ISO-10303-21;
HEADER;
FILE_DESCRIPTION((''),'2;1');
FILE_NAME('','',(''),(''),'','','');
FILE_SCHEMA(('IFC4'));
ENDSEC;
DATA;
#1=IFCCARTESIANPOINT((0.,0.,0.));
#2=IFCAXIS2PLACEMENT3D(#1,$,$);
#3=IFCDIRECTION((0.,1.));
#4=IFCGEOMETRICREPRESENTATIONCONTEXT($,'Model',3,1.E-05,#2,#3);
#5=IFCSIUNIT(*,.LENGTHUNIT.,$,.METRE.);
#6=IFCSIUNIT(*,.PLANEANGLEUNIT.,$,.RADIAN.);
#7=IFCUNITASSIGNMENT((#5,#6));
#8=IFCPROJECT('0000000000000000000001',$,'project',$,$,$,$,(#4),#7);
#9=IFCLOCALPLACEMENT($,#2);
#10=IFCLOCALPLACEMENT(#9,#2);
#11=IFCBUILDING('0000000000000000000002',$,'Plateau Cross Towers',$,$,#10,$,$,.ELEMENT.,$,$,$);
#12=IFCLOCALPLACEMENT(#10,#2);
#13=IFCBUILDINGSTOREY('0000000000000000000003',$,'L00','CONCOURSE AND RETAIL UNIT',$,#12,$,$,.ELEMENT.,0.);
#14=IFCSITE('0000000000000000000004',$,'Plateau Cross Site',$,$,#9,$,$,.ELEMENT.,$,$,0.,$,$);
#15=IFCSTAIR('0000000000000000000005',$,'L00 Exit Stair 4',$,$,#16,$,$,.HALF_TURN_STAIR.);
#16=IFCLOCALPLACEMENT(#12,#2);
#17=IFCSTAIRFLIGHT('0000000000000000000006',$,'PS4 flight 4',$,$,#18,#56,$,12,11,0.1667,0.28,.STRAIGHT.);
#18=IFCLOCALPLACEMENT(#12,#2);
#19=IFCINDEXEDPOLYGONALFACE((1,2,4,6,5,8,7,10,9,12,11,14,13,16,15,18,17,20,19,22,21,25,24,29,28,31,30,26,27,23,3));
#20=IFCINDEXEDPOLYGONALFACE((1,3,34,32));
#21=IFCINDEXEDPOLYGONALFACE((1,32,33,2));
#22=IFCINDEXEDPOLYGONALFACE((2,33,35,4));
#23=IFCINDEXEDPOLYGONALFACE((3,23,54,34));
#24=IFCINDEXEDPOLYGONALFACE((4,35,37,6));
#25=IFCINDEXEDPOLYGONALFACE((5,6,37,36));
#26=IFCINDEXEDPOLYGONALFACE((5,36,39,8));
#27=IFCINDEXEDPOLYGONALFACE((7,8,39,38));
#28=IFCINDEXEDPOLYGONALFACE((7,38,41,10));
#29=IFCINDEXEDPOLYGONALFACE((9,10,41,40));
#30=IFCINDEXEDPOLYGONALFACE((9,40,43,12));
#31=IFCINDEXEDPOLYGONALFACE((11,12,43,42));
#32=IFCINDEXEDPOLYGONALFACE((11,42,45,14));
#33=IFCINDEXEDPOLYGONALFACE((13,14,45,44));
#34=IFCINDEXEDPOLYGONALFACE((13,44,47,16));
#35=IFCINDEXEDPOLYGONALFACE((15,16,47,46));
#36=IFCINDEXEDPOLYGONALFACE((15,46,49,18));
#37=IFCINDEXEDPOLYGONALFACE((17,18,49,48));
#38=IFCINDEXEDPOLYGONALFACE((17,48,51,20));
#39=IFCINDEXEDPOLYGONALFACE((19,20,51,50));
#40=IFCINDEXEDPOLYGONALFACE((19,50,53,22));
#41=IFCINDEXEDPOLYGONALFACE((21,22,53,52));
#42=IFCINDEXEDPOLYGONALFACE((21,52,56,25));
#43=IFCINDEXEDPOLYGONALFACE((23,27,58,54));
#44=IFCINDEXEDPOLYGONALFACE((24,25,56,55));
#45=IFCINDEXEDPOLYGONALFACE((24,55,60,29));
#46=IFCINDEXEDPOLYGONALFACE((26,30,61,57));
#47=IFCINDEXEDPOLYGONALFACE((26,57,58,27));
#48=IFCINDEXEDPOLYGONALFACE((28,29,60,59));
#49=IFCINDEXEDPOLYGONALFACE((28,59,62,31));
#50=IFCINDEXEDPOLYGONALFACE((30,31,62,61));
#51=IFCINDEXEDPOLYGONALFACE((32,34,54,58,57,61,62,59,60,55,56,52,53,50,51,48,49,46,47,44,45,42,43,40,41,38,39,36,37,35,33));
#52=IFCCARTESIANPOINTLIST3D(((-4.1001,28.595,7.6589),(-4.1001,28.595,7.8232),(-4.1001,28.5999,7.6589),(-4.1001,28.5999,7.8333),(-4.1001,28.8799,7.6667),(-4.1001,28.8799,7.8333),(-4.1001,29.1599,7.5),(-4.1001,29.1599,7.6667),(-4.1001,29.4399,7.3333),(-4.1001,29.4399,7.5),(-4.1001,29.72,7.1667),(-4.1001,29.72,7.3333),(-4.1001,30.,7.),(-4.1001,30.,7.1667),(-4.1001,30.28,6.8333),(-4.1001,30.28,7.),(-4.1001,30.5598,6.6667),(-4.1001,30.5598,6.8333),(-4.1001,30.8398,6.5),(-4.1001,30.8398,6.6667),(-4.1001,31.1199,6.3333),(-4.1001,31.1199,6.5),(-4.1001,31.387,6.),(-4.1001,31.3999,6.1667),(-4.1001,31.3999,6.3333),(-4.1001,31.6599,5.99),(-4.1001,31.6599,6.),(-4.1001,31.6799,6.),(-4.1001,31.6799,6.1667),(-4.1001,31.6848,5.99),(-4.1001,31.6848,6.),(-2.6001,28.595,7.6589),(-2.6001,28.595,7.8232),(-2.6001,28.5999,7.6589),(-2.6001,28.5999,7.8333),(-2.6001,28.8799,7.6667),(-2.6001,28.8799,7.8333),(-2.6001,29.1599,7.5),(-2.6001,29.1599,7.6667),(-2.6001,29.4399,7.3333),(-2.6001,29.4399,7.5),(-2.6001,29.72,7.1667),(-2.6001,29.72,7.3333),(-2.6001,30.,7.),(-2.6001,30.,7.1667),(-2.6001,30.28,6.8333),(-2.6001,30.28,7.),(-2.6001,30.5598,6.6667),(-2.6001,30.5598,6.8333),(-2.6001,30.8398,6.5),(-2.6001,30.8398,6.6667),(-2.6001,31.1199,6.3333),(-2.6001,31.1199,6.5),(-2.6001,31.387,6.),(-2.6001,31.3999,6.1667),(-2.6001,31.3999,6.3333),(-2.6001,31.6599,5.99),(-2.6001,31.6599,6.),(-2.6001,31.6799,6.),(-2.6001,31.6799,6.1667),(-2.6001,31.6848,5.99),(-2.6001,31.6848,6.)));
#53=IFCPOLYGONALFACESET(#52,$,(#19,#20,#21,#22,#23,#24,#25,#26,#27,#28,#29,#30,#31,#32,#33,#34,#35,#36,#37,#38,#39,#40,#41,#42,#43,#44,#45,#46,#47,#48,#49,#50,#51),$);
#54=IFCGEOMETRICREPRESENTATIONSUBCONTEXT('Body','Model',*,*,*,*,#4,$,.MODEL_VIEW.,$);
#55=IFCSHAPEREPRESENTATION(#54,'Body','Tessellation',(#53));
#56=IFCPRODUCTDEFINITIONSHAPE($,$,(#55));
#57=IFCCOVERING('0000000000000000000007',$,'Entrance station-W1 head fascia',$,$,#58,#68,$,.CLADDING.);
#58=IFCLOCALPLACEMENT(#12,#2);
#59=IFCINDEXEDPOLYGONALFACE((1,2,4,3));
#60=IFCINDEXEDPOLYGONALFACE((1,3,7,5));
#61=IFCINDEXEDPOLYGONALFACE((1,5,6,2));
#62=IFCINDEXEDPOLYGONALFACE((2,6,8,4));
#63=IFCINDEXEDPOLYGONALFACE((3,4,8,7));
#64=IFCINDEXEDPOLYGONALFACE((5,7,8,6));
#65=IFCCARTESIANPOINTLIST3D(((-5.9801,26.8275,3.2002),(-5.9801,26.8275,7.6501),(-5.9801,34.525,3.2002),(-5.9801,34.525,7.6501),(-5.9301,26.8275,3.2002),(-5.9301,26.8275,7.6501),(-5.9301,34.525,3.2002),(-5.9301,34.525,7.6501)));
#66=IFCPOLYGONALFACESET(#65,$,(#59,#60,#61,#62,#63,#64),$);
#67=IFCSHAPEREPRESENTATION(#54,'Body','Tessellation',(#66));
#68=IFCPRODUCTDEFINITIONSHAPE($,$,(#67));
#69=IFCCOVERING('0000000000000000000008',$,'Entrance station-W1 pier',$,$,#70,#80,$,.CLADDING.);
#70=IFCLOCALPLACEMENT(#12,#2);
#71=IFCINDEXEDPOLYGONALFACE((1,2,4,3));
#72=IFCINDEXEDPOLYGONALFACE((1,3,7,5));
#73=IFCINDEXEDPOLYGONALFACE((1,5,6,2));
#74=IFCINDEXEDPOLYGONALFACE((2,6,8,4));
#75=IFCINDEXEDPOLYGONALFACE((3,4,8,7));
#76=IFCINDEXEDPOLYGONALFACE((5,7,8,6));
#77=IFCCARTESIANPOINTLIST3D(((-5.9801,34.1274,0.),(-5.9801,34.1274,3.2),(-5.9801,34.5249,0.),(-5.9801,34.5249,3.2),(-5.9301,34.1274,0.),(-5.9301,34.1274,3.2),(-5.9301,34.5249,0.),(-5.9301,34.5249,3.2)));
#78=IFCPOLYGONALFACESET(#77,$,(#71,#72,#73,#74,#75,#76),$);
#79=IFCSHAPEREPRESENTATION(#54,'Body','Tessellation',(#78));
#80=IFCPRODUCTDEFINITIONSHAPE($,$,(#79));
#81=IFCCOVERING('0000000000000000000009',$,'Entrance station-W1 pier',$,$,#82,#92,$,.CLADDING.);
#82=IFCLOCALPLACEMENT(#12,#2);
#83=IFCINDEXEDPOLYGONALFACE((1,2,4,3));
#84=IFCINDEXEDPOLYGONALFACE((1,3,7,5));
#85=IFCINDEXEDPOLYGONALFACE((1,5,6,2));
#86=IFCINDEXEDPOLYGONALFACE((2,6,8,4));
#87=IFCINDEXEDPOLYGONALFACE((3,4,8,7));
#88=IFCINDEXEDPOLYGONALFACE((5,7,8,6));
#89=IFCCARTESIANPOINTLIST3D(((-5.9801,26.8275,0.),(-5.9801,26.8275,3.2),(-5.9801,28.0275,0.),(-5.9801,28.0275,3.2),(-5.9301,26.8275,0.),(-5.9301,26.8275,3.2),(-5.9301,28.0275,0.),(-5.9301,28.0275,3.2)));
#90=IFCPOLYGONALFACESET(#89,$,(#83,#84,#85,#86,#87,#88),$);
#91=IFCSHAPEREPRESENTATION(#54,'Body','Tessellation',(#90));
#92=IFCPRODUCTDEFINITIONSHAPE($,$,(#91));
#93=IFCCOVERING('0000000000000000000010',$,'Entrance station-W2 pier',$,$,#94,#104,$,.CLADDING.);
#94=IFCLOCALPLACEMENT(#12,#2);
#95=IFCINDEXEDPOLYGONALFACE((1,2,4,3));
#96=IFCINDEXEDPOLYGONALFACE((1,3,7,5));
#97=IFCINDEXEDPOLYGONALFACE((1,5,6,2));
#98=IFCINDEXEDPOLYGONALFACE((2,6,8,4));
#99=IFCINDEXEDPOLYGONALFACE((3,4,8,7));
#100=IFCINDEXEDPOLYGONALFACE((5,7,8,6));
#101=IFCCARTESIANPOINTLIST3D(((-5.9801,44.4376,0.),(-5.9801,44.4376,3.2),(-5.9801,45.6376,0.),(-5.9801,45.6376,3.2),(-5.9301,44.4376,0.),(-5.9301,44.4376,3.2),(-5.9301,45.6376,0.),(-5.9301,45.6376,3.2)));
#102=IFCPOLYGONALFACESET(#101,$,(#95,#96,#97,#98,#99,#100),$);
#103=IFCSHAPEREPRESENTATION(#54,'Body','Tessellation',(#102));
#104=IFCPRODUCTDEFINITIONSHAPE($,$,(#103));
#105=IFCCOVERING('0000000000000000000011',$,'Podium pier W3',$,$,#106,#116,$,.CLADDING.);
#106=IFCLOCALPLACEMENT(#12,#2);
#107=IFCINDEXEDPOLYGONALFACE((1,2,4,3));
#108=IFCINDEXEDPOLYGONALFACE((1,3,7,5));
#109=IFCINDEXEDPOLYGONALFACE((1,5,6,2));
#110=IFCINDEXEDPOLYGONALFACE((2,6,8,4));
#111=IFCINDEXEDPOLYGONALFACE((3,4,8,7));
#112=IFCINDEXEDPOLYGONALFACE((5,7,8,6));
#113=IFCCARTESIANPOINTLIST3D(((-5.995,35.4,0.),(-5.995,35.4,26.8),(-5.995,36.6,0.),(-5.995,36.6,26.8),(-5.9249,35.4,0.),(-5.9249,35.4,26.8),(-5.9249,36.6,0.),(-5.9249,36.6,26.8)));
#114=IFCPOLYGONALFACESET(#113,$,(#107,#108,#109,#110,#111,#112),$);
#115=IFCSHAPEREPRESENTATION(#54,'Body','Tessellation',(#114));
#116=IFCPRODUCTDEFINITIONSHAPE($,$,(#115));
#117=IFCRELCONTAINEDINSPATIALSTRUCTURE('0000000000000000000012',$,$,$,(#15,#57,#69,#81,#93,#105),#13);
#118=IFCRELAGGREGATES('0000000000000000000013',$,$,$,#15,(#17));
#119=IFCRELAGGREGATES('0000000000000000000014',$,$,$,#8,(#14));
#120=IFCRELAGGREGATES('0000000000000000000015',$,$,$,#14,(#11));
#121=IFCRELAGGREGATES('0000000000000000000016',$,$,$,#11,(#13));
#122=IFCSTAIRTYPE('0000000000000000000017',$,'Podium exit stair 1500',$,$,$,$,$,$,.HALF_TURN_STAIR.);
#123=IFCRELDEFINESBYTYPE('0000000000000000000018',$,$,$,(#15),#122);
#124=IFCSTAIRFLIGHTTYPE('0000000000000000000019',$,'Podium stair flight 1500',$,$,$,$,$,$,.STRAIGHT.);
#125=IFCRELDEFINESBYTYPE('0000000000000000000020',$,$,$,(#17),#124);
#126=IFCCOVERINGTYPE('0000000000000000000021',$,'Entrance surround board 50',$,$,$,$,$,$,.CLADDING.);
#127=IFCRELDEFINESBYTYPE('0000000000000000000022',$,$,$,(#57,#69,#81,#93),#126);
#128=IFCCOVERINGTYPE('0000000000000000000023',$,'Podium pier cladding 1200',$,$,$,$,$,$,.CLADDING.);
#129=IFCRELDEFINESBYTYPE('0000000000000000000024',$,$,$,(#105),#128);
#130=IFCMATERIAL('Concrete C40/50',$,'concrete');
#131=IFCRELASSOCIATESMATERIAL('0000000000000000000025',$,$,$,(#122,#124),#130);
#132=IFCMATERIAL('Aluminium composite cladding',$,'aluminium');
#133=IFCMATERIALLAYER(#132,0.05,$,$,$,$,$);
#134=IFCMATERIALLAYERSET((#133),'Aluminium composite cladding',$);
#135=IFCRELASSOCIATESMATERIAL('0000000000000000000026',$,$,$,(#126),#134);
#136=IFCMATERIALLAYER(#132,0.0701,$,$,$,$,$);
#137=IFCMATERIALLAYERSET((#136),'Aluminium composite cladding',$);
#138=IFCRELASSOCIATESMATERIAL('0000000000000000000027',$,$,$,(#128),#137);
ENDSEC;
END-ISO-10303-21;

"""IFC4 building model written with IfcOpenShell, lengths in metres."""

from ifc_helpers import new_model, si_unit, direction, frame, origin, origin_2d, place, context, subcontext, project, spatial, polyline, rectangle, outline, extrude, material, layer, layer_set, type_object, element, aggregate, save


model = new_model("IFC4")

# Units and contexts
model_context = context("Model", 3, precision=1e-05, world=origin(), true_north=direction((0.0, 1.0)))
body_context = subcontext(model_context, "Body", "Model", "MODEL_VIEW")
ifc_project = project(units=[si_unit("LENGTHUNIT", "METRE"), si_unit("PLANEANGLEUNIT", "RADIAN")], contexts=[model_context])

# Site, building, storey
site_placement = place(None, origin())
site = spatial("IfcSite", under=ifc_project, at=site_placement, Name="Plateau Cross Site", CompositionType="ELEMENT", RefElevation=0.0)
building_placement = place(site_placement, origin())
building = spatial("IfcBuilding", under=site, at=building_placement, Name="Plateau Cross Towers", CompositionType="ELEMENT")
storey_placement = place(building_placement, origin())
storey = spatial("IfcBuildingStorey", under=building, at=storey_placement, Name="L00", Description="CONCOURSE AND RETAIL UNIT", CompositionType="ELEMENT", Elevation=0.0)

# Stair, stair flight
ifc_material_1 = material(Name="Concrete C40/50", Category="concrete")
stair_type = type_object("IfcStairType", Name="Podium exit stair 1500", PredefinedType="HALF_TURN_STAIR", material=ifc_material_1)
stair_placement = place(storey_placement, origin())
stair = element("IfcStair", 1, at=stair_placement, inside=storey, type_object=stair_type, Name="L00 Exit Stair 4", PredefinedType="HALF_TURN_STAIR")
stair_flight_type = type_object("IfcStairFlightType", Name="Podium stair flight 1500", PredefinedType="STRAIGHT", material=ifc_material_1)
stair_flight_1_placement = place(storey_placement, frame((-3.3501, 31.6799, 6.0), z_axis=(0.0, 0.0, 1.0), x_axis=(0.0, -1.0, 0.0)))
stair_flight_1 = element("IfcStairFlight", 2, at=stair_flight_1_placement, type_object=stair_flight_type, Name="PS4 flight 4", NumberOfRisers=12, NumberOfTreads=11, PredefinedType="STRAIGHT", RiserHeight=0.1667, TreadLength=0.28, context=body_context, shape_type="SweptSolid", body=[
    extrude(outline(polyline([(-0.0049, -0.01), (-0.0049, 0.0), (0.0, 0.0), (0.0, 0.1667), (0.28, 0.1667), (0.28, 0.3333), (0.5601, 0.3333), (0.5601, 0.5), (0.8401, 0.5), (0.8401, 0.6667), (1.1201, 0.6667), (1.1201, 0.8333), (1.3999, 0.8333), (1.3999, 1.0), (1.6799, 1.0), (1.6799, 1.1667), (1.96, 1.1667), (1.96, 1.3333), (2.24, 1.3333), (2.24, 1.5), (2.52, 1.5), (2.52, 1.6667), (2.8, 1.6667), (2.8, 1.8333), (3.0801, 1.8333), (3.085, 1.8232), (3.085, 1.6589), (3.0801, 1.6589), (0.293, 0.0), (0.02, 0.0), (0.02, -0.01), (-0.0049, -0.01)])), frame((0.0, 0.75, 0.0), z_axis=(0.0, -1.0, 0.0), x_axis=(1.0, 0.0, 0.0)), (0.0, 0.0, 1.0), 1.5),
])
aggregate(stair, [stair_flight_1])

# Coverings
ifc_material_2 = material(Name="Aluminium composite cladding", Category="aluminium")
ifc_layer_1 = layer(ifc_material_2, 0.05)
ifc_layer_set_1 = layer_set([ifc_layer_1], Name="Aluminium composite cladding")
covering_type_1 = type_object("IfcCoveringType", Name="Entrance surround board 50", PredefinedType="CLADDING", material=ifc_layer_set_1)
covering_1_placement = place(storey_placement, frame((-5.9551, 30.6763, 3.2002), z_axis=(0.0, 0.0, 1.0), x_axis=(0.0, -1.0, 0.0)))
element("IfcCovering", 3, at=covering_1_placement, inside=storey, type_object=covering_type_1, Name="Entrance station-W1 head fascia", PredefinedType="CLADDING", context=body_context, shape_type="SweptSolid", body=[
    extrude(rectangle(XDim=7.6975, YDim=0.05, at=origin_2d()), origin(), (0.0, 0.0, 1.0), 4.45),
])
covering_2_placement = place(storey_placement, frame((-5.9551, 34.3262, 0.0), z_axis=(0.0, 0.0, 1.0), x_axis=(0.0, -1.0, 0.0)))
element("IfcCovering", 4, at=covering_2_placement, inside=storey, type_object=covering_type_1, Name="Entrance station-W1 pier", PredefinedType="CLADDING", context=body_context, shape_type="SweptSolid", body=[
    extrude(rectangle(XDim=0.3975, YDim=0.05, at=origin_2d()), origin(), (0.0, 0.0, 1.0), 3.2),
])
for number, where, z_axis, x_axis, name in (
    (5, (-5.9551, 27.4275, 0.0), (0.0, 0.0, 1.0), (0.0, -1.0, 0.0), "Entrance station-W1 pier"),
    (6, (-5.9551, 45.0376, 0.0), (0.0, 0.0, 1.0), (0.0, -1.0, 0.0), "Entrance station-W2 pier"),
):
    element("IfcCovering", number, at=place(storey_placement, frame(where, z_axis=z_axis, x_axis=x_axis)), inside=storey, type_object=covering_type_1, Name=name, PredefinedType="CLADDING", context=body_context, shape_type="SweptSolid", body=[
        extrude(rectangle(XDim=1.2, YDim=0.05, at=origin_2d()), origin(), (0.0, 0.0, 1.0), 3.2),
    ])
ifc_layer_2 = layer(ifc_material_2, 0.0701)
ifc_layer_set_2 = layer_set([ifc_layer_2], Name="Aluminium composite cladding")
covering_type_2 = type_object("IfcCoveringType", Name="Podium pier cladding 1200", PredefinedType="CLADDING", material=ifc_layer_set_2)
covering_3_placement = place(storey_placement, frame((-5.96, 36.0, 0.0), z_axis=(0.0, 0.0, 1.0), x_axis=(0.0, -1.0, 0.0)))
element("IfcCovering", 7, at=covering_3_placement, inside=storey, type_object=covering_type_2, Name="Podium pier W3", PredefinedType="CLADDING", context=body_context, shape_type="SweptSolid", body=[
    extrude(rectangle(XDim=1.2, YDim=0.0701, at=origin_2d()), origin(), (0.0, 0.0, 1.0), 26.8),
])

save(model, "model.ifc")
